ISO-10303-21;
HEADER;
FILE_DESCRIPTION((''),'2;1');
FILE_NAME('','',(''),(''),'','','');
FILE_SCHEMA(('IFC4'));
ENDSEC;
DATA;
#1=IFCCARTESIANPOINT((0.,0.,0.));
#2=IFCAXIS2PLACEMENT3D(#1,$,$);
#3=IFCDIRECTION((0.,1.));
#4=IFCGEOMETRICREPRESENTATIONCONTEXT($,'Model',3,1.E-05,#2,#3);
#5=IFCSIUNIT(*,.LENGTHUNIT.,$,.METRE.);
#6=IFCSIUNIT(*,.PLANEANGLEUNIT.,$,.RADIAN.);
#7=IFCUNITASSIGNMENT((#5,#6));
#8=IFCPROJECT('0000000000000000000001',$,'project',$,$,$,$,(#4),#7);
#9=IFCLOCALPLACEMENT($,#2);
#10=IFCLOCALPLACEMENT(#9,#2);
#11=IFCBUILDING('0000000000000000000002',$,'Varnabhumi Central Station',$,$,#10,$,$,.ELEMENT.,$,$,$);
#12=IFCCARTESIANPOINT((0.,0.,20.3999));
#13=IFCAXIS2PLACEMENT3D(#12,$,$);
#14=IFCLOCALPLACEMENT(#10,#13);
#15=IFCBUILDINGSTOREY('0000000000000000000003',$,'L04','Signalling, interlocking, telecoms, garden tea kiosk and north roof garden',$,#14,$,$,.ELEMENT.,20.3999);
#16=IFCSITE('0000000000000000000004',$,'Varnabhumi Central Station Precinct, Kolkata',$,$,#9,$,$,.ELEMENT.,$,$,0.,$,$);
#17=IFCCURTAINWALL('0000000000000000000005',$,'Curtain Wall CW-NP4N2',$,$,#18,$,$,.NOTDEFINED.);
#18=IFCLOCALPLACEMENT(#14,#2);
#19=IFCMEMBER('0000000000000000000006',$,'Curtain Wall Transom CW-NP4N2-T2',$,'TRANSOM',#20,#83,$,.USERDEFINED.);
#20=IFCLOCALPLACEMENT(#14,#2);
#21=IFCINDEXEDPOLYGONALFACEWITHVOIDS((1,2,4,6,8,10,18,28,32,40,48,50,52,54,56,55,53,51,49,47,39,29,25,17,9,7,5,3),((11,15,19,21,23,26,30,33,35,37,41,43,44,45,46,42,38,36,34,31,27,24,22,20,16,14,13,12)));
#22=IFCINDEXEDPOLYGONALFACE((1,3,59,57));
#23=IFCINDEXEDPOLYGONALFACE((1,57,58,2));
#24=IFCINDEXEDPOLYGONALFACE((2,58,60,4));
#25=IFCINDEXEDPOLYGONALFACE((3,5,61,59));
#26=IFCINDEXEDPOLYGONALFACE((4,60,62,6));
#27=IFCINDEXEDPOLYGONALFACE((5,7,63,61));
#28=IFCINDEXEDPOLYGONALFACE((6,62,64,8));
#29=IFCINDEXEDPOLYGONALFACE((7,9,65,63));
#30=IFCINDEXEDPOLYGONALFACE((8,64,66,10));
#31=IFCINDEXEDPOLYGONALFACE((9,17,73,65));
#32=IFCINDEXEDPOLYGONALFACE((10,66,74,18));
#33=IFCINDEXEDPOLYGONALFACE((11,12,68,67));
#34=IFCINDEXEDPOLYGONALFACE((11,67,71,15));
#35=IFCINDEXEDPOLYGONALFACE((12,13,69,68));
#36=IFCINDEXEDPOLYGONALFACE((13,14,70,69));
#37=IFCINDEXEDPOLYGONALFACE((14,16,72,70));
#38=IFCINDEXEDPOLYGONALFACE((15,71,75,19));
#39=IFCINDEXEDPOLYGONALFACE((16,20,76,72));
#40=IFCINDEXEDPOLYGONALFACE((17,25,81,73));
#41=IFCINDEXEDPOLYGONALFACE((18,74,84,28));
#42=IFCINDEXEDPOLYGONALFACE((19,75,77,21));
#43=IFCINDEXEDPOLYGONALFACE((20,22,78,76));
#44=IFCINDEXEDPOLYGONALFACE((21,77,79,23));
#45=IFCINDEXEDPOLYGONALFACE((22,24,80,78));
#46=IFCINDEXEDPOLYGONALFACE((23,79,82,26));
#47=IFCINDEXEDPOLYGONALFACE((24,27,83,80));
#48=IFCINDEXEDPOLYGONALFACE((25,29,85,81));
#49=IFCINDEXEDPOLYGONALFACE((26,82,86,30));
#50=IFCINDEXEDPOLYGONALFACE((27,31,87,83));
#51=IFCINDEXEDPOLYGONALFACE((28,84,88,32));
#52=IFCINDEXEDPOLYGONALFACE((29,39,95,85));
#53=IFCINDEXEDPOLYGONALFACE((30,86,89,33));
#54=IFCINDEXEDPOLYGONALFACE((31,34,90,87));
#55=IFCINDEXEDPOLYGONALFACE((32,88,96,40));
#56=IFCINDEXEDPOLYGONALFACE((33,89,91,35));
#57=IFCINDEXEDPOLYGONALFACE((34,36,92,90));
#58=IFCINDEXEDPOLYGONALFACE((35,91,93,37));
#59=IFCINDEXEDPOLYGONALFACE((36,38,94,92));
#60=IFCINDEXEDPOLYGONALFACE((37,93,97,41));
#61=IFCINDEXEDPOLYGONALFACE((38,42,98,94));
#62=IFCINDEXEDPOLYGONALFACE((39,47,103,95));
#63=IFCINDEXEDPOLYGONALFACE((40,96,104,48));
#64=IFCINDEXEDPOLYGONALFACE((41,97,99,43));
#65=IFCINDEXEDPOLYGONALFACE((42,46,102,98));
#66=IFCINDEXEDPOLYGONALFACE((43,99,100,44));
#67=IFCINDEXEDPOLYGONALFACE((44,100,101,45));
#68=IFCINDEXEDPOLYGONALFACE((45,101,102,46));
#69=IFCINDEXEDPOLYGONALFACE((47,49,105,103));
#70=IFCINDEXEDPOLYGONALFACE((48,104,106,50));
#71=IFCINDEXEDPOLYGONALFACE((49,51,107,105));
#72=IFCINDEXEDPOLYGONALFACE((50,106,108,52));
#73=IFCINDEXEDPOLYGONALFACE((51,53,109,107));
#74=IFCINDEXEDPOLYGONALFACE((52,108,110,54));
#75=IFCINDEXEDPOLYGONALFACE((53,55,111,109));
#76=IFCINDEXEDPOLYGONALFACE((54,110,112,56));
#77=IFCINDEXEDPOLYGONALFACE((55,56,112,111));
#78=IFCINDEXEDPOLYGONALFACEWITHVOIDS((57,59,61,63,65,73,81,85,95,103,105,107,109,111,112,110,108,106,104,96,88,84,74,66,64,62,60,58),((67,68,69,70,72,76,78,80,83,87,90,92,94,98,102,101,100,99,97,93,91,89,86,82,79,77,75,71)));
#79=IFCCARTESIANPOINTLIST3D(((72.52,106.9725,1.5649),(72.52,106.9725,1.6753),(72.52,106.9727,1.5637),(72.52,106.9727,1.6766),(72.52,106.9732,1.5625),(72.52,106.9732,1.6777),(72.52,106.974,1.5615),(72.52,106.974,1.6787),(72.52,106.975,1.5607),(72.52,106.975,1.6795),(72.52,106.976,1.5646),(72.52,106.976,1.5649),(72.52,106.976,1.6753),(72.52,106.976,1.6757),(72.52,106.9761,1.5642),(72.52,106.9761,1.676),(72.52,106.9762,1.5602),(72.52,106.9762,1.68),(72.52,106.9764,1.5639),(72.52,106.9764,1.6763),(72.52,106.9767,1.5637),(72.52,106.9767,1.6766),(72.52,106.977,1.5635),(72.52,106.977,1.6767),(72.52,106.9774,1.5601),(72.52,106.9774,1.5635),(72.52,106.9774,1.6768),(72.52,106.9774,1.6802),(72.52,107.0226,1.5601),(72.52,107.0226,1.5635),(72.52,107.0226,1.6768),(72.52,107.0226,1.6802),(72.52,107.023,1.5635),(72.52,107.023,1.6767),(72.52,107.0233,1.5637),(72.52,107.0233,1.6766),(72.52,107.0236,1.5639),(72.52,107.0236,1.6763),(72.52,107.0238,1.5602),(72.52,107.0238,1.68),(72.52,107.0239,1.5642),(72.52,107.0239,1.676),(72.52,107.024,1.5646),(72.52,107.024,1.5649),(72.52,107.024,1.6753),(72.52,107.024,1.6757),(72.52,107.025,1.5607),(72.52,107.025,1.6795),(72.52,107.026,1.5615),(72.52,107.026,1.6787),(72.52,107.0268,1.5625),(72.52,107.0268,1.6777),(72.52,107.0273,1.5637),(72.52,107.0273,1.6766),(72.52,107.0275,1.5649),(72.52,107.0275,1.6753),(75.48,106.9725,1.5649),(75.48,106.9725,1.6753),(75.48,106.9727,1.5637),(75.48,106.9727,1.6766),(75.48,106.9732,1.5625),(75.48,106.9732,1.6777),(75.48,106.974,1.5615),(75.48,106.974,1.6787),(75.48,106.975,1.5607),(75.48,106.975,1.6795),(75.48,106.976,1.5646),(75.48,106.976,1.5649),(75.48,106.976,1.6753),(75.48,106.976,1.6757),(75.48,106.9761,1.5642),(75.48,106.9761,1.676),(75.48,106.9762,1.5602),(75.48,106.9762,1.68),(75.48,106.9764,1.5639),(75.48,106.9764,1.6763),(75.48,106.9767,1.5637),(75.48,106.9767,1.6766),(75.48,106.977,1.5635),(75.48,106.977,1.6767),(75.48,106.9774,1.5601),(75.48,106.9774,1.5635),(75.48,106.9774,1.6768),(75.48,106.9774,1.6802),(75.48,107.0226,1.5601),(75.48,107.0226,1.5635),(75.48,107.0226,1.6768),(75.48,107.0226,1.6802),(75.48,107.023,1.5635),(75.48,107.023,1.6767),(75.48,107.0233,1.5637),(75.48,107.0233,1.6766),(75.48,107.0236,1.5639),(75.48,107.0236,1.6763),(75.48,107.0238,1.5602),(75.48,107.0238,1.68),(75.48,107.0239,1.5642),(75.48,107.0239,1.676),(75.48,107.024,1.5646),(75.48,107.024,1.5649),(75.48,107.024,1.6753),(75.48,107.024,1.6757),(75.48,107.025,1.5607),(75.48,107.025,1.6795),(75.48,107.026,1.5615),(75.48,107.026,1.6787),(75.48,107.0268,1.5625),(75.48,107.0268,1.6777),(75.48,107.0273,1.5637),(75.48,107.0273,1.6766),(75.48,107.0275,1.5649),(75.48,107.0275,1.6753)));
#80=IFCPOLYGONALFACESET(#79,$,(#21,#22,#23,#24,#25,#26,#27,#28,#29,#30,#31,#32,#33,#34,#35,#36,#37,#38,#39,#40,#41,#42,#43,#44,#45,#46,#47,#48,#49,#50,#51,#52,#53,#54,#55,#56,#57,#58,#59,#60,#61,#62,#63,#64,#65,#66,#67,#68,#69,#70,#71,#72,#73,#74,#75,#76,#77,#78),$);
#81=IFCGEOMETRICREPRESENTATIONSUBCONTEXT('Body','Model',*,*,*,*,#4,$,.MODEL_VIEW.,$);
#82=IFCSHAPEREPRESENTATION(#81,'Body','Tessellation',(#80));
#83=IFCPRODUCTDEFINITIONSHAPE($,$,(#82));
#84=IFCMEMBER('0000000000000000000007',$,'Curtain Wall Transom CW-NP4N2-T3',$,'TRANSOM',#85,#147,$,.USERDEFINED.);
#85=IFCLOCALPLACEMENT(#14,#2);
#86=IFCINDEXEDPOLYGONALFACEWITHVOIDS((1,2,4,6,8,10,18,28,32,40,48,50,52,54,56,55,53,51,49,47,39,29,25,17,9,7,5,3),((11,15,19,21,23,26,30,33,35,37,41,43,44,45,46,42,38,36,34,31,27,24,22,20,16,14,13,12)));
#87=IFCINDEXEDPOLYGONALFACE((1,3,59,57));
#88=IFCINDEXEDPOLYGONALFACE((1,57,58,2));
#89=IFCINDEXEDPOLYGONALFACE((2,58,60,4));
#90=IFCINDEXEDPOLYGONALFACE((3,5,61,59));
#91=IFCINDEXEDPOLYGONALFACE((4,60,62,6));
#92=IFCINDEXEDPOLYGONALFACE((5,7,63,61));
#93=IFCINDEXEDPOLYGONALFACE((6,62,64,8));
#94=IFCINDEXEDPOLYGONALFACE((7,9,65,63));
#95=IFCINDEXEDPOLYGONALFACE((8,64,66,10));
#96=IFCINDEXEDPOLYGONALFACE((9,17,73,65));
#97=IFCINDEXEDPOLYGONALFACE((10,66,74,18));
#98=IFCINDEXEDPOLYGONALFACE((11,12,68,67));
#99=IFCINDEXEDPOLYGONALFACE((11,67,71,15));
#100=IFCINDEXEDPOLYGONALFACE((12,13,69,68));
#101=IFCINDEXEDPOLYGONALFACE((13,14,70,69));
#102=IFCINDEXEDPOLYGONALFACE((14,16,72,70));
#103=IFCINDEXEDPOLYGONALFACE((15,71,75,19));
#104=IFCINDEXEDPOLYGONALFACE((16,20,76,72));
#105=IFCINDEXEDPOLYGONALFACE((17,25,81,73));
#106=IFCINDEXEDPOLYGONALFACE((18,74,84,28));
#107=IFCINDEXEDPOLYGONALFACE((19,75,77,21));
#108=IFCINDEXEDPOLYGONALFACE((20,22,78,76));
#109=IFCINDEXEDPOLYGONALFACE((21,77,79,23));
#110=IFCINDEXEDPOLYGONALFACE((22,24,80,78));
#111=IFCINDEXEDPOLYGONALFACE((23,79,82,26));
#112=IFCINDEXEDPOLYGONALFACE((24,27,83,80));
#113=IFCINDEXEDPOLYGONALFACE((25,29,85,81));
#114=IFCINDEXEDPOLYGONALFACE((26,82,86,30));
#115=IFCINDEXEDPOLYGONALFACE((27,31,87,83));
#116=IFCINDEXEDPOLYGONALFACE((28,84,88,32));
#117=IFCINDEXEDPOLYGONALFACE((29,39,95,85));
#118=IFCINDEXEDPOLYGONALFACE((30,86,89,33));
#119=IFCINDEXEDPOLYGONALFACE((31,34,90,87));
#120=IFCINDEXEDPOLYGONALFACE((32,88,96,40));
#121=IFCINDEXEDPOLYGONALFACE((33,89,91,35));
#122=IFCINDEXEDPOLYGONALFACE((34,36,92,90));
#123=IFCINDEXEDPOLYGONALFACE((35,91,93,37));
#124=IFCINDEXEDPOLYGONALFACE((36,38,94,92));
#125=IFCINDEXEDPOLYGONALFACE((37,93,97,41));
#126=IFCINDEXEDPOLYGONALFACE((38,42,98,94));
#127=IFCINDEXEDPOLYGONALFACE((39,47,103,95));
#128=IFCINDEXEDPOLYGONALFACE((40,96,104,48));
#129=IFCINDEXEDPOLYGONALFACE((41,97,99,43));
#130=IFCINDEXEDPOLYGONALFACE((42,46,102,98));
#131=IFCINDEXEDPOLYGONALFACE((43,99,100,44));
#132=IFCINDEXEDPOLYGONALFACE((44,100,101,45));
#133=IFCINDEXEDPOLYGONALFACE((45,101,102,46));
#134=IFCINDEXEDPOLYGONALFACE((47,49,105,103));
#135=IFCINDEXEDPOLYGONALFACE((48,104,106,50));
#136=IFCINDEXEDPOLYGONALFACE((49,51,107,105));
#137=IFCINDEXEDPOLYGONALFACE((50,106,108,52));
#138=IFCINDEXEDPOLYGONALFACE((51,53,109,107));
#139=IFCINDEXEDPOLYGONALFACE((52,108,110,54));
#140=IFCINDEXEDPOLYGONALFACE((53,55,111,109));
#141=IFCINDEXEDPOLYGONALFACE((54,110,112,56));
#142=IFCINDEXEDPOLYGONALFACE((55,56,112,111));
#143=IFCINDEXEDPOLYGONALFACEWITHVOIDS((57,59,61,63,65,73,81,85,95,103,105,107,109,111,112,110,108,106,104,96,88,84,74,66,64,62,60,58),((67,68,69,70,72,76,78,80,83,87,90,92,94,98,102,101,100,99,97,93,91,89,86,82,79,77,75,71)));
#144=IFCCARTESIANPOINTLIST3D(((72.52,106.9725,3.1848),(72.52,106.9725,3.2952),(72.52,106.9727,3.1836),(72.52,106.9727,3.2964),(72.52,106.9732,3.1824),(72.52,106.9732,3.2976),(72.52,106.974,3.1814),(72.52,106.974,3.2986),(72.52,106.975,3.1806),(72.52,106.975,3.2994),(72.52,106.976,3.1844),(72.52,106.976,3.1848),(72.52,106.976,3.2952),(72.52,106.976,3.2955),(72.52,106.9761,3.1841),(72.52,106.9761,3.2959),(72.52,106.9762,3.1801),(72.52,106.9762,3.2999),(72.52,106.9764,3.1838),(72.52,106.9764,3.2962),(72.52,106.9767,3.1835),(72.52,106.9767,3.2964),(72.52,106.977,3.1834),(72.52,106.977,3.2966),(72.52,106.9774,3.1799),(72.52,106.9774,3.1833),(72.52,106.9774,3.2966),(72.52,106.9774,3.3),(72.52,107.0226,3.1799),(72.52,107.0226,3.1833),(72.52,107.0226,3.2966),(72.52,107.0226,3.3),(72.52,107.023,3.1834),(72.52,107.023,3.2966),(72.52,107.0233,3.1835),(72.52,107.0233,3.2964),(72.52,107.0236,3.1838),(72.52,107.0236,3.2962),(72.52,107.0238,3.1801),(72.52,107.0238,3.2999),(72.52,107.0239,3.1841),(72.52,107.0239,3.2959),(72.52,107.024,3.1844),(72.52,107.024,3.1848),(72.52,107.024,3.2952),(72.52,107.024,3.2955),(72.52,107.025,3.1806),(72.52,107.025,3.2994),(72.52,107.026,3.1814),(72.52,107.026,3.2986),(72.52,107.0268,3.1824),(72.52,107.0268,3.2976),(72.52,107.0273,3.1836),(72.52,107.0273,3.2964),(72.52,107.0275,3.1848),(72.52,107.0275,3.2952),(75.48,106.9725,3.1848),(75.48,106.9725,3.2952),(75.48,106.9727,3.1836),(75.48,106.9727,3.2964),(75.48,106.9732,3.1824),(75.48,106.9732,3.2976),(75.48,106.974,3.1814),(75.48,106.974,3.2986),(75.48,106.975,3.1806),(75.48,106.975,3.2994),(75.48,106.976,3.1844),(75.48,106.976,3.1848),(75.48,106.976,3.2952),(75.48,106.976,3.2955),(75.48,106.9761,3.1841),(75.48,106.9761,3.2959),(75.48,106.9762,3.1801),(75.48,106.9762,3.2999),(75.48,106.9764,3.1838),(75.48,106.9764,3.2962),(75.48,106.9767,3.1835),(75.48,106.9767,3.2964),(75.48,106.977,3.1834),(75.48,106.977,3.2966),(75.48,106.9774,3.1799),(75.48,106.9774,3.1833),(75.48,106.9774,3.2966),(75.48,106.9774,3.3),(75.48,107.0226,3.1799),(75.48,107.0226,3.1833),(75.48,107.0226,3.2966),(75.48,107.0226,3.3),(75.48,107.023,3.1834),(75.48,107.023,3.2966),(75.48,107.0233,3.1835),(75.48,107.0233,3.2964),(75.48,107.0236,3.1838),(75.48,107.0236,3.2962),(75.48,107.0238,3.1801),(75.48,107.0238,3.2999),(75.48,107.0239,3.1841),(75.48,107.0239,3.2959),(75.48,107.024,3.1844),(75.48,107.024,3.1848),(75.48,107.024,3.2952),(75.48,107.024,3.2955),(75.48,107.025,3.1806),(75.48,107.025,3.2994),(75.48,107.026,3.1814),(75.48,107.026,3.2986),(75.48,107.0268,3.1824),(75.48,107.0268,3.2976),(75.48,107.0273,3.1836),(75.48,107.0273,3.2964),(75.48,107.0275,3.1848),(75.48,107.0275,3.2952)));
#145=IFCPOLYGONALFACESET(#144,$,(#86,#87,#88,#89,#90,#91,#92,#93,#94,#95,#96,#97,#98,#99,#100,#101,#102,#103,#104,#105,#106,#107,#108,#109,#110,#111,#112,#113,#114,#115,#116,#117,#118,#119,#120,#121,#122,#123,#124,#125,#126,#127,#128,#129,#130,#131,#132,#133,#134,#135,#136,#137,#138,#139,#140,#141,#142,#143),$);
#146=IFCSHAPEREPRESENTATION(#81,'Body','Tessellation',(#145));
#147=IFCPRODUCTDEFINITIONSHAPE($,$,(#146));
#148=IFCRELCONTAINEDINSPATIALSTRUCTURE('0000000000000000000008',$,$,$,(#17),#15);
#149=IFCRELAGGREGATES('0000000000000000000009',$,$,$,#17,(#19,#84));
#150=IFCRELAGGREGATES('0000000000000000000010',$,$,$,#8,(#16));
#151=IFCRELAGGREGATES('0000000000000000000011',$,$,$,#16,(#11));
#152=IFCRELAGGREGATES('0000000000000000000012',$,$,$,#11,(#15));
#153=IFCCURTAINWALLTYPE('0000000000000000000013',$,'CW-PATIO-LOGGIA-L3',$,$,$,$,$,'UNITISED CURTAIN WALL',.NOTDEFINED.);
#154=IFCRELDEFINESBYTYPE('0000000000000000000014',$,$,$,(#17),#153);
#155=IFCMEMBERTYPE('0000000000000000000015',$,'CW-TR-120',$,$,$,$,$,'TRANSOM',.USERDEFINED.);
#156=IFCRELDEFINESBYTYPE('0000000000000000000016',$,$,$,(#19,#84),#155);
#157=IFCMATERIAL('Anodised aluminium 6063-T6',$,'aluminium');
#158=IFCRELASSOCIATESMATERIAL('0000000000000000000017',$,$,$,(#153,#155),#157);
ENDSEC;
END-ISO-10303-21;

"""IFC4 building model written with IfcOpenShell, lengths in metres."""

from ifc_helpers import new_model, si_unit, direction, frame, origin, origin_2d, place, context, subcontext, project, spatial, hollow_rectangle, extrude, material, material_profile, profile_set, type_object, element, aggregate, save


model = new_model("IFC4")

# Units and contexts
model_context = context("Model", 3, precision=1e-05, world=origin(), true_north=direction((0.0, 1.0)))
body_context = subcontext(model_context, "Body", "Model", "MODEL_VIEW")
ifc_project = project(units=[si_unit("LENGTHUNIT", "METRE"), si_unit("PLANEANGLEUNIT", "RADIAN")], contexts=[model_context])

# Site, building, storey
site_placement = place(None, origin())
site = spatial("IfcSite", under=ifc_project, at=site_placement, Name="Varnabhumi Central Station Precinct, Kolkata", CompositionType="ELEMENT", RefElevation=0.0)
building_placement = place(site_placement, origin())
building = spatial("IfcBuilding", under=site, at=building_placement, Name="Varnabhumi Central Station", CompositionType="ELEMENT")
storey_placement = place(building_placement, frame((0.0, 0.0, 20.3999)))
storey = spatial("IfcBuildingStorey", under=building, at=storey_placement, Name="L04", Description="Signalling, interlocking, telecoms, garden tea kiosk and north roof garden", CompositionType="ELEMENT", Elevation=20.3999)

# Curtain wall, members
ifc_material_1 = material(Name="Anodised aluminium 6063-T6", Category="aluminium")
curtain_wall_type = type_object("IfcCurtainWallType", Name="CW-PATIO-LOGGIA-L3", ElementType="UNITISED CURTAIN WALL", PredefinedType="NOTDEFINED", material=ifc_material_1)
curtain_wall_placement = place(storey_placement, origin())
curtain_wall = element("IfcCurtainWall", 1, at=curtain_wall_placement, inside=storey, type_object=curtain_wall_type, Name="Curtain Wall CW-NP4N2", PredefinedType="NOTDEFINED")
ifc_material_profile_1 = material_profile(ifc_material_1, hollow_rectangle(XDim=0.0549, YDim=0.1201, WallThickness=0.0034, InnerFilletRadius=0.0015, OuterFilletRadius=0.0049, at=origin_2d()), Name="Anodised aluminium 6063-T6", Category="aluminium")
ifc_profile_set_1 = profile_set([ifc_material_profile_1], Name="Anodised aluminium 6063-T6")
member_type_1 = type_object("IfcMemberType", Name="CW-TR-120", ElementType="TRANSOM", PredefinedType="USERDEFINED", material=ifc_profile_set_1)
member_1_placement = place(storey_placement, frame((72.52, 107.0, 1.6201), z_axis=(1.0, 0.0, 0.0), x_axis=(0.0, 1.0, 0.0)))
member_1 = element("IfcMember", 2, at=member_1_placement, type_object=member_type_1, Name="Curtain Wall Transom CW-NP4N2-T2", ObjectType="TRANSOM", PredefinedType="USERDEFINED", context=body_context, shape_type="SweptSolid", body=[
    extrude(hollow_rectangle(XDim=0.0549, YDim=0.1201, WallThickness=0.0034, InnerFilletRadius=0.0015, OuterFilletRadius=0.0049, at=origin_2d()), origin(), (0.0, 0.0, 1.0), 2.96),
])
member_2_placement = place(storey_placement, frame((72.52, 107.0, 3.24), z_axis=(1.0, 0.0, 0.0), x_axis=(0.0, 1.0, 0.0)))
member_2 = element("IfcMember", 3, at=member_2_placement, type_object=member_type_1, Name="Curtain Wall Transom CW-NP4N2-T3", ObjectType="TRANSOM", PredefinedType="USERDEFINED", context=body_context, shape_type="SweptSolid", body=[
    extrude(hollow_rectangle(XDim=0.0549, YDim=0.1201, WallThickness=0.0034, InnerFilletRadius=0.0015, OuterFilletRadius=0.0049, at=origin_2d()), origin(), (0.0, 0.0, 1.0), 2.96),
])

aggregate(curtain_wall, [member_1, member_2])

save(model, "model.ifc")
